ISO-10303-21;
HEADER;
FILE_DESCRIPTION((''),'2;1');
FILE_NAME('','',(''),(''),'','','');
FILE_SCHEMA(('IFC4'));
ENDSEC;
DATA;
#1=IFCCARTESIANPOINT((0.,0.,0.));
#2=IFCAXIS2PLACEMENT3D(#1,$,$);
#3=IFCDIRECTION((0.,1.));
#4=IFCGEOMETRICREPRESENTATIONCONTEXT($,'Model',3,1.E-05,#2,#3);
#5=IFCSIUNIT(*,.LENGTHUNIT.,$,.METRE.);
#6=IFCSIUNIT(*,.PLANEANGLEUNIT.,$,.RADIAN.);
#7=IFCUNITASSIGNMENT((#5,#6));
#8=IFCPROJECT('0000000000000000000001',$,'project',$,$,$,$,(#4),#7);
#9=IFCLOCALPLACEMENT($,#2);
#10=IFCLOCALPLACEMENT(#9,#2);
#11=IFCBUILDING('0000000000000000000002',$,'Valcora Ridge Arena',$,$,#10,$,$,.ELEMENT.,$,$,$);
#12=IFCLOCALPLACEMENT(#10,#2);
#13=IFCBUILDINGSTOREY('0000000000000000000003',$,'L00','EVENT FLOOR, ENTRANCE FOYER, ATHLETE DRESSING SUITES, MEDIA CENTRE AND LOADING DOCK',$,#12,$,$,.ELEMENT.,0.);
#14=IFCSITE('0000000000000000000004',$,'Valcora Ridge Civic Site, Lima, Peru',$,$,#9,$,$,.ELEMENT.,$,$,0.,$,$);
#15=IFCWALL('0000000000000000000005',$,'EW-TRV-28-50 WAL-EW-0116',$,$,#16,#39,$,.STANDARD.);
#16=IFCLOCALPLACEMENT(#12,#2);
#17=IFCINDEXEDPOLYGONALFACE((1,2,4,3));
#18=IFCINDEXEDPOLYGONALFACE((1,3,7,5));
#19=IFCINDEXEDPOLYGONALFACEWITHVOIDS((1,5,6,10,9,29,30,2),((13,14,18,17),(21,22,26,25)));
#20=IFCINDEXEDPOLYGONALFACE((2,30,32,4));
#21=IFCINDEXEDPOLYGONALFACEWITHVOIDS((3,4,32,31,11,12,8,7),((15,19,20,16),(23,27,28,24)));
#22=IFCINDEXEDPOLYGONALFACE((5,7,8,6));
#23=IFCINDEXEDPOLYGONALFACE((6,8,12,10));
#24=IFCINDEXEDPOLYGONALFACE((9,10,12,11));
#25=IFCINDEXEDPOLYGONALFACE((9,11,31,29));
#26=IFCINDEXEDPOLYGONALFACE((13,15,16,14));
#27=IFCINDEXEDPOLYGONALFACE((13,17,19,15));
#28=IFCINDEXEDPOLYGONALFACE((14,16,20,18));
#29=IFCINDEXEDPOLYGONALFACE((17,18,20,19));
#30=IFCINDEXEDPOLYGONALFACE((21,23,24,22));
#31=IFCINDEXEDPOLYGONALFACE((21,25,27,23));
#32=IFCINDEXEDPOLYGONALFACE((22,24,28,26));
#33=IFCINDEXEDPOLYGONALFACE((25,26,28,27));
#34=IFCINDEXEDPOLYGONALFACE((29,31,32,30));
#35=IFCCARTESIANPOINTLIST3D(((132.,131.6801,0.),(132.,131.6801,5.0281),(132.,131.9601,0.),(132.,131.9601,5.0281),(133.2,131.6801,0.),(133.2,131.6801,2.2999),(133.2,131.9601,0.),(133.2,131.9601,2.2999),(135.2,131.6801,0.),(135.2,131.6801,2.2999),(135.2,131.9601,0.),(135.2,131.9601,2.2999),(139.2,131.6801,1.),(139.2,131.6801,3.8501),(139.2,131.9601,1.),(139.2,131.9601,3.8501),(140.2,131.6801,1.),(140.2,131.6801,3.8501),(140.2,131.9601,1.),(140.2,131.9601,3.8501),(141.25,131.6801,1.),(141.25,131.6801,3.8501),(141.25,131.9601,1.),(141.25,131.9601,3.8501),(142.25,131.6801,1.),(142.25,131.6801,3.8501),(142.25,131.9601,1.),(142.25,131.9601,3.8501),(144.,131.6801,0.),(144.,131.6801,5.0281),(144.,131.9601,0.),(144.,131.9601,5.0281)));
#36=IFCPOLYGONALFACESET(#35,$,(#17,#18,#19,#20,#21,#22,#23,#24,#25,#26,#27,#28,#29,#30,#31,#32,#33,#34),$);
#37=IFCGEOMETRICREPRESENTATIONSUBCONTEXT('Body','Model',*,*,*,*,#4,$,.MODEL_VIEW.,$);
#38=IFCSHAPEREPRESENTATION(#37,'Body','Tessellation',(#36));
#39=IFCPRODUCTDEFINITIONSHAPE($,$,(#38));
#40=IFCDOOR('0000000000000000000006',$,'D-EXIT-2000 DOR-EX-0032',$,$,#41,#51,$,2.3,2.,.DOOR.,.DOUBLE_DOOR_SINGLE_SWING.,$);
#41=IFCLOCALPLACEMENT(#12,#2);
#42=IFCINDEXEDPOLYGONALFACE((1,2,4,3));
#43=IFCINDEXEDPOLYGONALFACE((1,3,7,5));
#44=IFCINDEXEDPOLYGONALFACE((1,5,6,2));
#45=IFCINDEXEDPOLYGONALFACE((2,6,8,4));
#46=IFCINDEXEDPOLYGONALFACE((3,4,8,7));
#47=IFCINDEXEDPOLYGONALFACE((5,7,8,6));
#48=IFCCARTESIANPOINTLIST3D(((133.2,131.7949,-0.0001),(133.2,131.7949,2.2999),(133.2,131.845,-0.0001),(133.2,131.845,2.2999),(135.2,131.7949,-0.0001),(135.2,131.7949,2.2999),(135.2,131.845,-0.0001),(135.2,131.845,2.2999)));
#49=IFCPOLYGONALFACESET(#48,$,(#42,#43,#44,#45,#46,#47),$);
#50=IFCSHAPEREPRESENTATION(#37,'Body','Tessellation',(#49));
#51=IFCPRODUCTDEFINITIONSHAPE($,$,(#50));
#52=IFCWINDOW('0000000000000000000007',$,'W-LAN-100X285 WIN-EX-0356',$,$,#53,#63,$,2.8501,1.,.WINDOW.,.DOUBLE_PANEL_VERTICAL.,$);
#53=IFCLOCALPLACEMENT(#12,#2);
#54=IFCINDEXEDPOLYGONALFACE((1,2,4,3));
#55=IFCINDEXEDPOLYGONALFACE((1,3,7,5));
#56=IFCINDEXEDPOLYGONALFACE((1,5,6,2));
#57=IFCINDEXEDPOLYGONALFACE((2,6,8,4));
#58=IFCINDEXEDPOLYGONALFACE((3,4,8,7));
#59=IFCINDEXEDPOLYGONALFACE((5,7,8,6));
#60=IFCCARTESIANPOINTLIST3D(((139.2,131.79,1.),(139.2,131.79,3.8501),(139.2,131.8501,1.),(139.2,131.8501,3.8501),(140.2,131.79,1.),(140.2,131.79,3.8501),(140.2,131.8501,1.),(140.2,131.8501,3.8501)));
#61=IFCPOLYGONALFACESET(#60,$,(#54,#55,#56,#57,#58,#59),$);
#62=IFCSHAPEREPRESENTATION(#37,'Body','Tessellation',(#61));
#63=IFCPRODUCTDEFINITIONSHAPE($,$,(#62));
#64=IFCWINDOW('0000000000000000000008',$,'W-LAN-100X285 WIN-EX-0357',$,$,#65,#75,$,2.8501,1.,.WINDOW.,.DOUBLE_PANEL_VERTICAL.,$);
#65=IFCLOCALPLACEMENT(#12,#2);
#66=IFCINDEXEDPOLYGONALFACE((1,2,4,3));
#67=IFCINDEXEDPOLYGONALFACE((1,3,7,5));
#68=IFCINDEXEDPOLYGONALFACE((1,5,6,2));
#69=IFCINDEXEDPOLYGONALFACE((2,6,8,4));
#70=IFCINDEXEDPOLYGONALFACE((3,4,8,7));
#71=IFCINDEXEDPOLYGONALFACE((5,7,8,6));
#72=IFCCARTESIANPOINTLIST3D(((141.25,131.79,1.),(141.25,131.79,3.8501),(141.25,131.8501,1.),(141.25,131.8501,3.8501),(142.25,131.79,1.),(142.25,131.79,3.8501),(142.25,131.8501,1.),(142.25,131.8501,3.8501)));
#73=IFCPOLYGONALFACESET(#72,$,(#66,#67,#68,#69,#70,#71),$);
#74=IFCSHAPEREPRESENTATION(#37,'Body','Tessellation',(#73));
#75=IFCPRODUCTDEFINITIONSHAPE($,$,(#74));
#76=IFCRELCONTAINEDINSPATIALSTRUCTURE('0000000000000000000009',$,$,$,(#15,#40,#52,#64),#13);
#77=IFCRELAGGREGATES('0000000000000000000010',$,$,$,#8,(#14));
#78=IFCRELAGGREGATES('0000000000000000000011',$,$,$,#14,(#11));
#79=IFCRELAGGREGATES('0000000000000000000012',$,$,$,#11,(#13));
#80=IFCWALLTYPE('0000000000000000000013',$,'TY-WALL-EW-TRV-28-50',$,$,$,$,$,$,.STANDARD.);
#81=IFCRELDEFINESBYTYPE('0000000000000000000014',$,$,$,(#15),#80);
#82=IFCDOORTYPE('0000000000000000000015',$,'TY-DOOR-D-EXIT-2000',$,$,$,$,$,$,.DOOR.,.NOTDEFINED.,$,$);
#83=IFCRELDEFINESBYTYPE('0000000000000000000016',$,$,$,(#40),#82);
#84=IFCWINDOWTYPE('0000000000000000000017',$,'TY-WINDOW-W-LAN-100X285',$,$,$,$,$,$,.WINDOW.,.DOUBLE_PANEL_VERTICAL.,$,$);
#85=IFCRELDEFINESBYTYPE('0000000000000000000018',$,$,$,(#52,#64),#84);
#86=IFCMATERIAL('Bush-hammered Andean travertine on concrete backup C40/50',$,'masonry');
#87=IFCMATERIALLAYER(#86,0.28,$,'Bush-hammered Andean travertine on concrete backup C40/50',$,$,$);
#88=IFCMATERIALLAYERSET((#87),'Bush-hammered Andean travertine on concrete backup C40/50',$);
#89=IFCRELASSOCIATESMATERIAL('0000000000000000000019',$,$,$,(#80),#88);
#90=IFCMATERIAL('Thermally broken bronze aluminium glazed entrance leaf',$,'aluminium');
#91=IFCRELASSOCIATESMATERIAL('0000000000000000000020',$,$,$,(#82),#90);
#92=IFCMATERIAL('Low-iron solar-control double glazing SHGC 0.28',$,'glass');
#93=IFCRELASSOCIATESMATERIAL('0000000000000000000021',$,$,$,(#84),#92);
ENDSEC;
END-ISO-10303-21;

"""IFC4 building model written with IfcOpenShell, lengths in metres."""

from ifc_helpers import new_model, si_unit, direction, frame, frame_2d, origin, place, context, subcontext, project, spatial, rectangle, extrude, material, layer, layer_set, type_object, element, fill, save


model = new_model("IFC4")

# Units and contexts
model_context = context("Model", 3, precision=1e-05, world=origin(), true_north=direction((0.0, 1.0)))
body_context = subcontext(model_context, "Body", "Model", "MODEL_VIEW")
ifc_project = project(units=[si_unit("LENGTHUNIT", "METRE"), si_unit("PLANEANGLEUNIT", "RADIAN")], contexts=[model_context])

# Site, building, storey
site_placement = place(None, origin())
site = spatial("IfcSite", under=ifc_project, at=site_placement, Name="Valcora Ridge Civic Site, Lima, Peru", CompositionType="ELEMENT", RefElevation=0.0)
building_placement = place(site_placement, origin())
building = spatial("IfcBuilding", under=site, at=building_placement, Name="Valcora Ridge Arena", CompositionType="ELEMENT")
storey_placement = place(building_placement, origin())
storey = spatial("IfcBuildingStorey", under=building, at=storey_placement, Name="L00", Description="EVENT FLOOR, ENTRANCE FOYER, ATHLETE DRESSING SUITES, MEDIA CENTRE AND LOADING DOCK", CompositionType="ELEMENT", Elevation=0.0)

# Wall, openings, door, windows
ifc_material_1 = material(Name="Bush-hammered Andean travertine on concrete backup C40/50", Category="masonry")
ifc_layer_1 = layer(ifc_material_1, 0.28, Name="Bush-hammered Andean travertine on concrete backup C40/50")
ifc_layer_set_1 = layer_set([ifc_layer_1], Name="Bush-hammered Andean travertine on concrete backup C40/50")
wall_type = type_object("IfcWallType", Name="TY-WALL-EW-TRV-28-50", PredefinedType="STANDARD", material=ifc_layer_set_1)
ifc_material_2 = material(Name="Thermally broken bronze aluminium glazed entrance leaf", Category="aluminium")
door_type = type_object("IfcDoorType", Name="TY-DOOR-D-EXIT-2000", OperationType="NOTDEFINED", PredefinedType="DOOR", material=ifc_material_2)
ifc_material_3 = material(Name="Low-iron solar-control double glazing SHGC 0.28", Category="glass")
window_type = type_object("IfcWindowType", Name="TY-WINDOW-W-LAN-100X285", PartitioningType="DOUBLE_PANEL_VERTICAL", PredefinedType="WINDOW", material=ifc_material_3)
wall_1_placement = place(storey_placement, frame((132.0, 131.8201, 0.0), z_axis=(0.0, 0.0, 1.0), x_axis=(1.0, 0.0, 0.0)))
wall_1 = element("IfcWall", 1, at=wall_1_placement, inside=storey, type_object=wall_type, Name="EW-TRV-28-50 WAL-EW-0116", PredefinedType="STANDARD", context=body_context, shape_type="SweptSolid", body=[
    extrude(rectangle(XDim=12.0, YDim=0.28, at=frame_2d((6.0, 0.0))), origin(), (0.0, 0.0, 1.0), 5.0281),
])
opening_1_placement = place(wall_1_placement, frame((1.2, 0.0, 0.0)))
opening_1 = element("IfcOpeningElement", 2, at=opening_1_placement, cuts=wall_1, PredefinedType="OPENING", context=body_context, shape_type="SweptSolid", body=[
    extrude(rectangle(XDim=2.0, YDim=2.3, at=frame_2d((1.0, 1.1499))), frame((0.0, 0.1499, 0.0), z_axis=(0.0, -1.0, 0.0), x_axis=(1.0, 0.0, 0.0)), (0.0, 0.0, 1.0), 0.3),
])
opening_2_placement = place(wall_1_placement, frame((7.2, 0.0, 1.0)))
opening_2 = element("IfcOpeningElement", 3, at=opening_2_placement, cuts=wall_1, PredefinedType="OPENING", context=body_context, shape_type="SweptSolid", body=[
    extrude(rectangle(XDim=1.0, YDim=2.8501, at=frame_2d((0.5, 1.425))), frame((0.0, 0.1499, 0.0), z_axis=(0.0, -1.0, 0.0), x_axis=(1.0, 0.0, 0.0)), (0.0, 0.0, 1.0), 0.3),
])
opening_3_placement = place(wall_1_placement, frame((9.25, 0.0, 1.0)))
opening_3 = element("IfcOpeningElement", 4, at=opening_3_placement, cuts=wall_1, PredefinedType="OPENING", context=body_context, shape_type="SweptSolid", body=[
    extrude(rectangle(XDim=1.0, YDim=2.8501, at=frame_2d((0.5, 1.425))), frame((0.0, 0.1499, 0.0), z_axis=(0.0, -1.0, 0.0), x_axis=(1.0, 0.0, 0.0)), (0.0, 0.0, 1.0), 0.3),
])
door_1_placement = place(opening_1_placement, origin())
door_1 = element("IfcDoor", 5, at=door_1_placement, inside=storey, type_object=door_type, Name="D-EXIT-2000 DOR-EX-0032", OperationType="DOUBLE_DOOR_SINGLE_SWING", OverallHeight=2.3, OverallWidth=2.0, PredefinedType="DOOR", context=body_context, shape_type="SweptSolid", body=[
    extrude(rectangle(XDim=2.0, YDim=2.3, at=frame_2d((1.0, 1.1499))), frame((0.0, 0.0249, 0.0), z_axis=(0.0, -1.0, 0.0), x_axis=(1.0, 0.0, 0.0)), (0.0, 0.0, 1.0), 0.05),
])
fill(opening_1, door_1)
window_1_placement = place(opening_2_placement, origin())
window_1 = element("IfcWindow", 6, at=window_1_placement, inside=storey, type_object=window_type, Name="W-LAN-100X285 WIN-EX-0356", OverallHeight=2.8501, OverallWidth=1.0, PartitioningType="DOUBLE_PANEL_VERTICAL", PredefinedType="WINDOW", context=body_context, shape_type="SweptSolid", body=[
    extrude(rectangle(XDim=1.0, YDim=2.8501, at=frame_2d((0.5, 1.425))), frame((0.0, 0.03, 0.0), z_axis=(0.0, -1.0, 0.0), x_axis=(1.0, 0.0, 0.0)), (0.0, 0.0, 1.0), 0.0601),
])
fill(opening_2, window_1)
window_2_placement = place(opening_3_placement, origin())
window_2 = element("IfcWindow", 7, at=window_2_placement, inside=storey, type_object=window_type, Name="W-LAN-100X285 WIN-EX-0357", OverallHeight=2.8501, OverallWidth=1.0, PartitioningType="DOUBLE_PANEL_VERTICAL", PredefinedType="WINDOW", context=body_context, shape_type="SweptSolid", body=[
    extrude(rectangle(XDim=1.0, YDim=2.8501, at=frame_2d((0.5, 1.425))), frame((0.0, 0.03, 0.0), z_axis=(0.0, -1.0, 0.0), x_axis=(1.0, 0.0, 0.0)), (0.0, 0.0, 1.0), 0.0601),
])
fill(opening_3, window_2)

save(model, "model.ifc")
